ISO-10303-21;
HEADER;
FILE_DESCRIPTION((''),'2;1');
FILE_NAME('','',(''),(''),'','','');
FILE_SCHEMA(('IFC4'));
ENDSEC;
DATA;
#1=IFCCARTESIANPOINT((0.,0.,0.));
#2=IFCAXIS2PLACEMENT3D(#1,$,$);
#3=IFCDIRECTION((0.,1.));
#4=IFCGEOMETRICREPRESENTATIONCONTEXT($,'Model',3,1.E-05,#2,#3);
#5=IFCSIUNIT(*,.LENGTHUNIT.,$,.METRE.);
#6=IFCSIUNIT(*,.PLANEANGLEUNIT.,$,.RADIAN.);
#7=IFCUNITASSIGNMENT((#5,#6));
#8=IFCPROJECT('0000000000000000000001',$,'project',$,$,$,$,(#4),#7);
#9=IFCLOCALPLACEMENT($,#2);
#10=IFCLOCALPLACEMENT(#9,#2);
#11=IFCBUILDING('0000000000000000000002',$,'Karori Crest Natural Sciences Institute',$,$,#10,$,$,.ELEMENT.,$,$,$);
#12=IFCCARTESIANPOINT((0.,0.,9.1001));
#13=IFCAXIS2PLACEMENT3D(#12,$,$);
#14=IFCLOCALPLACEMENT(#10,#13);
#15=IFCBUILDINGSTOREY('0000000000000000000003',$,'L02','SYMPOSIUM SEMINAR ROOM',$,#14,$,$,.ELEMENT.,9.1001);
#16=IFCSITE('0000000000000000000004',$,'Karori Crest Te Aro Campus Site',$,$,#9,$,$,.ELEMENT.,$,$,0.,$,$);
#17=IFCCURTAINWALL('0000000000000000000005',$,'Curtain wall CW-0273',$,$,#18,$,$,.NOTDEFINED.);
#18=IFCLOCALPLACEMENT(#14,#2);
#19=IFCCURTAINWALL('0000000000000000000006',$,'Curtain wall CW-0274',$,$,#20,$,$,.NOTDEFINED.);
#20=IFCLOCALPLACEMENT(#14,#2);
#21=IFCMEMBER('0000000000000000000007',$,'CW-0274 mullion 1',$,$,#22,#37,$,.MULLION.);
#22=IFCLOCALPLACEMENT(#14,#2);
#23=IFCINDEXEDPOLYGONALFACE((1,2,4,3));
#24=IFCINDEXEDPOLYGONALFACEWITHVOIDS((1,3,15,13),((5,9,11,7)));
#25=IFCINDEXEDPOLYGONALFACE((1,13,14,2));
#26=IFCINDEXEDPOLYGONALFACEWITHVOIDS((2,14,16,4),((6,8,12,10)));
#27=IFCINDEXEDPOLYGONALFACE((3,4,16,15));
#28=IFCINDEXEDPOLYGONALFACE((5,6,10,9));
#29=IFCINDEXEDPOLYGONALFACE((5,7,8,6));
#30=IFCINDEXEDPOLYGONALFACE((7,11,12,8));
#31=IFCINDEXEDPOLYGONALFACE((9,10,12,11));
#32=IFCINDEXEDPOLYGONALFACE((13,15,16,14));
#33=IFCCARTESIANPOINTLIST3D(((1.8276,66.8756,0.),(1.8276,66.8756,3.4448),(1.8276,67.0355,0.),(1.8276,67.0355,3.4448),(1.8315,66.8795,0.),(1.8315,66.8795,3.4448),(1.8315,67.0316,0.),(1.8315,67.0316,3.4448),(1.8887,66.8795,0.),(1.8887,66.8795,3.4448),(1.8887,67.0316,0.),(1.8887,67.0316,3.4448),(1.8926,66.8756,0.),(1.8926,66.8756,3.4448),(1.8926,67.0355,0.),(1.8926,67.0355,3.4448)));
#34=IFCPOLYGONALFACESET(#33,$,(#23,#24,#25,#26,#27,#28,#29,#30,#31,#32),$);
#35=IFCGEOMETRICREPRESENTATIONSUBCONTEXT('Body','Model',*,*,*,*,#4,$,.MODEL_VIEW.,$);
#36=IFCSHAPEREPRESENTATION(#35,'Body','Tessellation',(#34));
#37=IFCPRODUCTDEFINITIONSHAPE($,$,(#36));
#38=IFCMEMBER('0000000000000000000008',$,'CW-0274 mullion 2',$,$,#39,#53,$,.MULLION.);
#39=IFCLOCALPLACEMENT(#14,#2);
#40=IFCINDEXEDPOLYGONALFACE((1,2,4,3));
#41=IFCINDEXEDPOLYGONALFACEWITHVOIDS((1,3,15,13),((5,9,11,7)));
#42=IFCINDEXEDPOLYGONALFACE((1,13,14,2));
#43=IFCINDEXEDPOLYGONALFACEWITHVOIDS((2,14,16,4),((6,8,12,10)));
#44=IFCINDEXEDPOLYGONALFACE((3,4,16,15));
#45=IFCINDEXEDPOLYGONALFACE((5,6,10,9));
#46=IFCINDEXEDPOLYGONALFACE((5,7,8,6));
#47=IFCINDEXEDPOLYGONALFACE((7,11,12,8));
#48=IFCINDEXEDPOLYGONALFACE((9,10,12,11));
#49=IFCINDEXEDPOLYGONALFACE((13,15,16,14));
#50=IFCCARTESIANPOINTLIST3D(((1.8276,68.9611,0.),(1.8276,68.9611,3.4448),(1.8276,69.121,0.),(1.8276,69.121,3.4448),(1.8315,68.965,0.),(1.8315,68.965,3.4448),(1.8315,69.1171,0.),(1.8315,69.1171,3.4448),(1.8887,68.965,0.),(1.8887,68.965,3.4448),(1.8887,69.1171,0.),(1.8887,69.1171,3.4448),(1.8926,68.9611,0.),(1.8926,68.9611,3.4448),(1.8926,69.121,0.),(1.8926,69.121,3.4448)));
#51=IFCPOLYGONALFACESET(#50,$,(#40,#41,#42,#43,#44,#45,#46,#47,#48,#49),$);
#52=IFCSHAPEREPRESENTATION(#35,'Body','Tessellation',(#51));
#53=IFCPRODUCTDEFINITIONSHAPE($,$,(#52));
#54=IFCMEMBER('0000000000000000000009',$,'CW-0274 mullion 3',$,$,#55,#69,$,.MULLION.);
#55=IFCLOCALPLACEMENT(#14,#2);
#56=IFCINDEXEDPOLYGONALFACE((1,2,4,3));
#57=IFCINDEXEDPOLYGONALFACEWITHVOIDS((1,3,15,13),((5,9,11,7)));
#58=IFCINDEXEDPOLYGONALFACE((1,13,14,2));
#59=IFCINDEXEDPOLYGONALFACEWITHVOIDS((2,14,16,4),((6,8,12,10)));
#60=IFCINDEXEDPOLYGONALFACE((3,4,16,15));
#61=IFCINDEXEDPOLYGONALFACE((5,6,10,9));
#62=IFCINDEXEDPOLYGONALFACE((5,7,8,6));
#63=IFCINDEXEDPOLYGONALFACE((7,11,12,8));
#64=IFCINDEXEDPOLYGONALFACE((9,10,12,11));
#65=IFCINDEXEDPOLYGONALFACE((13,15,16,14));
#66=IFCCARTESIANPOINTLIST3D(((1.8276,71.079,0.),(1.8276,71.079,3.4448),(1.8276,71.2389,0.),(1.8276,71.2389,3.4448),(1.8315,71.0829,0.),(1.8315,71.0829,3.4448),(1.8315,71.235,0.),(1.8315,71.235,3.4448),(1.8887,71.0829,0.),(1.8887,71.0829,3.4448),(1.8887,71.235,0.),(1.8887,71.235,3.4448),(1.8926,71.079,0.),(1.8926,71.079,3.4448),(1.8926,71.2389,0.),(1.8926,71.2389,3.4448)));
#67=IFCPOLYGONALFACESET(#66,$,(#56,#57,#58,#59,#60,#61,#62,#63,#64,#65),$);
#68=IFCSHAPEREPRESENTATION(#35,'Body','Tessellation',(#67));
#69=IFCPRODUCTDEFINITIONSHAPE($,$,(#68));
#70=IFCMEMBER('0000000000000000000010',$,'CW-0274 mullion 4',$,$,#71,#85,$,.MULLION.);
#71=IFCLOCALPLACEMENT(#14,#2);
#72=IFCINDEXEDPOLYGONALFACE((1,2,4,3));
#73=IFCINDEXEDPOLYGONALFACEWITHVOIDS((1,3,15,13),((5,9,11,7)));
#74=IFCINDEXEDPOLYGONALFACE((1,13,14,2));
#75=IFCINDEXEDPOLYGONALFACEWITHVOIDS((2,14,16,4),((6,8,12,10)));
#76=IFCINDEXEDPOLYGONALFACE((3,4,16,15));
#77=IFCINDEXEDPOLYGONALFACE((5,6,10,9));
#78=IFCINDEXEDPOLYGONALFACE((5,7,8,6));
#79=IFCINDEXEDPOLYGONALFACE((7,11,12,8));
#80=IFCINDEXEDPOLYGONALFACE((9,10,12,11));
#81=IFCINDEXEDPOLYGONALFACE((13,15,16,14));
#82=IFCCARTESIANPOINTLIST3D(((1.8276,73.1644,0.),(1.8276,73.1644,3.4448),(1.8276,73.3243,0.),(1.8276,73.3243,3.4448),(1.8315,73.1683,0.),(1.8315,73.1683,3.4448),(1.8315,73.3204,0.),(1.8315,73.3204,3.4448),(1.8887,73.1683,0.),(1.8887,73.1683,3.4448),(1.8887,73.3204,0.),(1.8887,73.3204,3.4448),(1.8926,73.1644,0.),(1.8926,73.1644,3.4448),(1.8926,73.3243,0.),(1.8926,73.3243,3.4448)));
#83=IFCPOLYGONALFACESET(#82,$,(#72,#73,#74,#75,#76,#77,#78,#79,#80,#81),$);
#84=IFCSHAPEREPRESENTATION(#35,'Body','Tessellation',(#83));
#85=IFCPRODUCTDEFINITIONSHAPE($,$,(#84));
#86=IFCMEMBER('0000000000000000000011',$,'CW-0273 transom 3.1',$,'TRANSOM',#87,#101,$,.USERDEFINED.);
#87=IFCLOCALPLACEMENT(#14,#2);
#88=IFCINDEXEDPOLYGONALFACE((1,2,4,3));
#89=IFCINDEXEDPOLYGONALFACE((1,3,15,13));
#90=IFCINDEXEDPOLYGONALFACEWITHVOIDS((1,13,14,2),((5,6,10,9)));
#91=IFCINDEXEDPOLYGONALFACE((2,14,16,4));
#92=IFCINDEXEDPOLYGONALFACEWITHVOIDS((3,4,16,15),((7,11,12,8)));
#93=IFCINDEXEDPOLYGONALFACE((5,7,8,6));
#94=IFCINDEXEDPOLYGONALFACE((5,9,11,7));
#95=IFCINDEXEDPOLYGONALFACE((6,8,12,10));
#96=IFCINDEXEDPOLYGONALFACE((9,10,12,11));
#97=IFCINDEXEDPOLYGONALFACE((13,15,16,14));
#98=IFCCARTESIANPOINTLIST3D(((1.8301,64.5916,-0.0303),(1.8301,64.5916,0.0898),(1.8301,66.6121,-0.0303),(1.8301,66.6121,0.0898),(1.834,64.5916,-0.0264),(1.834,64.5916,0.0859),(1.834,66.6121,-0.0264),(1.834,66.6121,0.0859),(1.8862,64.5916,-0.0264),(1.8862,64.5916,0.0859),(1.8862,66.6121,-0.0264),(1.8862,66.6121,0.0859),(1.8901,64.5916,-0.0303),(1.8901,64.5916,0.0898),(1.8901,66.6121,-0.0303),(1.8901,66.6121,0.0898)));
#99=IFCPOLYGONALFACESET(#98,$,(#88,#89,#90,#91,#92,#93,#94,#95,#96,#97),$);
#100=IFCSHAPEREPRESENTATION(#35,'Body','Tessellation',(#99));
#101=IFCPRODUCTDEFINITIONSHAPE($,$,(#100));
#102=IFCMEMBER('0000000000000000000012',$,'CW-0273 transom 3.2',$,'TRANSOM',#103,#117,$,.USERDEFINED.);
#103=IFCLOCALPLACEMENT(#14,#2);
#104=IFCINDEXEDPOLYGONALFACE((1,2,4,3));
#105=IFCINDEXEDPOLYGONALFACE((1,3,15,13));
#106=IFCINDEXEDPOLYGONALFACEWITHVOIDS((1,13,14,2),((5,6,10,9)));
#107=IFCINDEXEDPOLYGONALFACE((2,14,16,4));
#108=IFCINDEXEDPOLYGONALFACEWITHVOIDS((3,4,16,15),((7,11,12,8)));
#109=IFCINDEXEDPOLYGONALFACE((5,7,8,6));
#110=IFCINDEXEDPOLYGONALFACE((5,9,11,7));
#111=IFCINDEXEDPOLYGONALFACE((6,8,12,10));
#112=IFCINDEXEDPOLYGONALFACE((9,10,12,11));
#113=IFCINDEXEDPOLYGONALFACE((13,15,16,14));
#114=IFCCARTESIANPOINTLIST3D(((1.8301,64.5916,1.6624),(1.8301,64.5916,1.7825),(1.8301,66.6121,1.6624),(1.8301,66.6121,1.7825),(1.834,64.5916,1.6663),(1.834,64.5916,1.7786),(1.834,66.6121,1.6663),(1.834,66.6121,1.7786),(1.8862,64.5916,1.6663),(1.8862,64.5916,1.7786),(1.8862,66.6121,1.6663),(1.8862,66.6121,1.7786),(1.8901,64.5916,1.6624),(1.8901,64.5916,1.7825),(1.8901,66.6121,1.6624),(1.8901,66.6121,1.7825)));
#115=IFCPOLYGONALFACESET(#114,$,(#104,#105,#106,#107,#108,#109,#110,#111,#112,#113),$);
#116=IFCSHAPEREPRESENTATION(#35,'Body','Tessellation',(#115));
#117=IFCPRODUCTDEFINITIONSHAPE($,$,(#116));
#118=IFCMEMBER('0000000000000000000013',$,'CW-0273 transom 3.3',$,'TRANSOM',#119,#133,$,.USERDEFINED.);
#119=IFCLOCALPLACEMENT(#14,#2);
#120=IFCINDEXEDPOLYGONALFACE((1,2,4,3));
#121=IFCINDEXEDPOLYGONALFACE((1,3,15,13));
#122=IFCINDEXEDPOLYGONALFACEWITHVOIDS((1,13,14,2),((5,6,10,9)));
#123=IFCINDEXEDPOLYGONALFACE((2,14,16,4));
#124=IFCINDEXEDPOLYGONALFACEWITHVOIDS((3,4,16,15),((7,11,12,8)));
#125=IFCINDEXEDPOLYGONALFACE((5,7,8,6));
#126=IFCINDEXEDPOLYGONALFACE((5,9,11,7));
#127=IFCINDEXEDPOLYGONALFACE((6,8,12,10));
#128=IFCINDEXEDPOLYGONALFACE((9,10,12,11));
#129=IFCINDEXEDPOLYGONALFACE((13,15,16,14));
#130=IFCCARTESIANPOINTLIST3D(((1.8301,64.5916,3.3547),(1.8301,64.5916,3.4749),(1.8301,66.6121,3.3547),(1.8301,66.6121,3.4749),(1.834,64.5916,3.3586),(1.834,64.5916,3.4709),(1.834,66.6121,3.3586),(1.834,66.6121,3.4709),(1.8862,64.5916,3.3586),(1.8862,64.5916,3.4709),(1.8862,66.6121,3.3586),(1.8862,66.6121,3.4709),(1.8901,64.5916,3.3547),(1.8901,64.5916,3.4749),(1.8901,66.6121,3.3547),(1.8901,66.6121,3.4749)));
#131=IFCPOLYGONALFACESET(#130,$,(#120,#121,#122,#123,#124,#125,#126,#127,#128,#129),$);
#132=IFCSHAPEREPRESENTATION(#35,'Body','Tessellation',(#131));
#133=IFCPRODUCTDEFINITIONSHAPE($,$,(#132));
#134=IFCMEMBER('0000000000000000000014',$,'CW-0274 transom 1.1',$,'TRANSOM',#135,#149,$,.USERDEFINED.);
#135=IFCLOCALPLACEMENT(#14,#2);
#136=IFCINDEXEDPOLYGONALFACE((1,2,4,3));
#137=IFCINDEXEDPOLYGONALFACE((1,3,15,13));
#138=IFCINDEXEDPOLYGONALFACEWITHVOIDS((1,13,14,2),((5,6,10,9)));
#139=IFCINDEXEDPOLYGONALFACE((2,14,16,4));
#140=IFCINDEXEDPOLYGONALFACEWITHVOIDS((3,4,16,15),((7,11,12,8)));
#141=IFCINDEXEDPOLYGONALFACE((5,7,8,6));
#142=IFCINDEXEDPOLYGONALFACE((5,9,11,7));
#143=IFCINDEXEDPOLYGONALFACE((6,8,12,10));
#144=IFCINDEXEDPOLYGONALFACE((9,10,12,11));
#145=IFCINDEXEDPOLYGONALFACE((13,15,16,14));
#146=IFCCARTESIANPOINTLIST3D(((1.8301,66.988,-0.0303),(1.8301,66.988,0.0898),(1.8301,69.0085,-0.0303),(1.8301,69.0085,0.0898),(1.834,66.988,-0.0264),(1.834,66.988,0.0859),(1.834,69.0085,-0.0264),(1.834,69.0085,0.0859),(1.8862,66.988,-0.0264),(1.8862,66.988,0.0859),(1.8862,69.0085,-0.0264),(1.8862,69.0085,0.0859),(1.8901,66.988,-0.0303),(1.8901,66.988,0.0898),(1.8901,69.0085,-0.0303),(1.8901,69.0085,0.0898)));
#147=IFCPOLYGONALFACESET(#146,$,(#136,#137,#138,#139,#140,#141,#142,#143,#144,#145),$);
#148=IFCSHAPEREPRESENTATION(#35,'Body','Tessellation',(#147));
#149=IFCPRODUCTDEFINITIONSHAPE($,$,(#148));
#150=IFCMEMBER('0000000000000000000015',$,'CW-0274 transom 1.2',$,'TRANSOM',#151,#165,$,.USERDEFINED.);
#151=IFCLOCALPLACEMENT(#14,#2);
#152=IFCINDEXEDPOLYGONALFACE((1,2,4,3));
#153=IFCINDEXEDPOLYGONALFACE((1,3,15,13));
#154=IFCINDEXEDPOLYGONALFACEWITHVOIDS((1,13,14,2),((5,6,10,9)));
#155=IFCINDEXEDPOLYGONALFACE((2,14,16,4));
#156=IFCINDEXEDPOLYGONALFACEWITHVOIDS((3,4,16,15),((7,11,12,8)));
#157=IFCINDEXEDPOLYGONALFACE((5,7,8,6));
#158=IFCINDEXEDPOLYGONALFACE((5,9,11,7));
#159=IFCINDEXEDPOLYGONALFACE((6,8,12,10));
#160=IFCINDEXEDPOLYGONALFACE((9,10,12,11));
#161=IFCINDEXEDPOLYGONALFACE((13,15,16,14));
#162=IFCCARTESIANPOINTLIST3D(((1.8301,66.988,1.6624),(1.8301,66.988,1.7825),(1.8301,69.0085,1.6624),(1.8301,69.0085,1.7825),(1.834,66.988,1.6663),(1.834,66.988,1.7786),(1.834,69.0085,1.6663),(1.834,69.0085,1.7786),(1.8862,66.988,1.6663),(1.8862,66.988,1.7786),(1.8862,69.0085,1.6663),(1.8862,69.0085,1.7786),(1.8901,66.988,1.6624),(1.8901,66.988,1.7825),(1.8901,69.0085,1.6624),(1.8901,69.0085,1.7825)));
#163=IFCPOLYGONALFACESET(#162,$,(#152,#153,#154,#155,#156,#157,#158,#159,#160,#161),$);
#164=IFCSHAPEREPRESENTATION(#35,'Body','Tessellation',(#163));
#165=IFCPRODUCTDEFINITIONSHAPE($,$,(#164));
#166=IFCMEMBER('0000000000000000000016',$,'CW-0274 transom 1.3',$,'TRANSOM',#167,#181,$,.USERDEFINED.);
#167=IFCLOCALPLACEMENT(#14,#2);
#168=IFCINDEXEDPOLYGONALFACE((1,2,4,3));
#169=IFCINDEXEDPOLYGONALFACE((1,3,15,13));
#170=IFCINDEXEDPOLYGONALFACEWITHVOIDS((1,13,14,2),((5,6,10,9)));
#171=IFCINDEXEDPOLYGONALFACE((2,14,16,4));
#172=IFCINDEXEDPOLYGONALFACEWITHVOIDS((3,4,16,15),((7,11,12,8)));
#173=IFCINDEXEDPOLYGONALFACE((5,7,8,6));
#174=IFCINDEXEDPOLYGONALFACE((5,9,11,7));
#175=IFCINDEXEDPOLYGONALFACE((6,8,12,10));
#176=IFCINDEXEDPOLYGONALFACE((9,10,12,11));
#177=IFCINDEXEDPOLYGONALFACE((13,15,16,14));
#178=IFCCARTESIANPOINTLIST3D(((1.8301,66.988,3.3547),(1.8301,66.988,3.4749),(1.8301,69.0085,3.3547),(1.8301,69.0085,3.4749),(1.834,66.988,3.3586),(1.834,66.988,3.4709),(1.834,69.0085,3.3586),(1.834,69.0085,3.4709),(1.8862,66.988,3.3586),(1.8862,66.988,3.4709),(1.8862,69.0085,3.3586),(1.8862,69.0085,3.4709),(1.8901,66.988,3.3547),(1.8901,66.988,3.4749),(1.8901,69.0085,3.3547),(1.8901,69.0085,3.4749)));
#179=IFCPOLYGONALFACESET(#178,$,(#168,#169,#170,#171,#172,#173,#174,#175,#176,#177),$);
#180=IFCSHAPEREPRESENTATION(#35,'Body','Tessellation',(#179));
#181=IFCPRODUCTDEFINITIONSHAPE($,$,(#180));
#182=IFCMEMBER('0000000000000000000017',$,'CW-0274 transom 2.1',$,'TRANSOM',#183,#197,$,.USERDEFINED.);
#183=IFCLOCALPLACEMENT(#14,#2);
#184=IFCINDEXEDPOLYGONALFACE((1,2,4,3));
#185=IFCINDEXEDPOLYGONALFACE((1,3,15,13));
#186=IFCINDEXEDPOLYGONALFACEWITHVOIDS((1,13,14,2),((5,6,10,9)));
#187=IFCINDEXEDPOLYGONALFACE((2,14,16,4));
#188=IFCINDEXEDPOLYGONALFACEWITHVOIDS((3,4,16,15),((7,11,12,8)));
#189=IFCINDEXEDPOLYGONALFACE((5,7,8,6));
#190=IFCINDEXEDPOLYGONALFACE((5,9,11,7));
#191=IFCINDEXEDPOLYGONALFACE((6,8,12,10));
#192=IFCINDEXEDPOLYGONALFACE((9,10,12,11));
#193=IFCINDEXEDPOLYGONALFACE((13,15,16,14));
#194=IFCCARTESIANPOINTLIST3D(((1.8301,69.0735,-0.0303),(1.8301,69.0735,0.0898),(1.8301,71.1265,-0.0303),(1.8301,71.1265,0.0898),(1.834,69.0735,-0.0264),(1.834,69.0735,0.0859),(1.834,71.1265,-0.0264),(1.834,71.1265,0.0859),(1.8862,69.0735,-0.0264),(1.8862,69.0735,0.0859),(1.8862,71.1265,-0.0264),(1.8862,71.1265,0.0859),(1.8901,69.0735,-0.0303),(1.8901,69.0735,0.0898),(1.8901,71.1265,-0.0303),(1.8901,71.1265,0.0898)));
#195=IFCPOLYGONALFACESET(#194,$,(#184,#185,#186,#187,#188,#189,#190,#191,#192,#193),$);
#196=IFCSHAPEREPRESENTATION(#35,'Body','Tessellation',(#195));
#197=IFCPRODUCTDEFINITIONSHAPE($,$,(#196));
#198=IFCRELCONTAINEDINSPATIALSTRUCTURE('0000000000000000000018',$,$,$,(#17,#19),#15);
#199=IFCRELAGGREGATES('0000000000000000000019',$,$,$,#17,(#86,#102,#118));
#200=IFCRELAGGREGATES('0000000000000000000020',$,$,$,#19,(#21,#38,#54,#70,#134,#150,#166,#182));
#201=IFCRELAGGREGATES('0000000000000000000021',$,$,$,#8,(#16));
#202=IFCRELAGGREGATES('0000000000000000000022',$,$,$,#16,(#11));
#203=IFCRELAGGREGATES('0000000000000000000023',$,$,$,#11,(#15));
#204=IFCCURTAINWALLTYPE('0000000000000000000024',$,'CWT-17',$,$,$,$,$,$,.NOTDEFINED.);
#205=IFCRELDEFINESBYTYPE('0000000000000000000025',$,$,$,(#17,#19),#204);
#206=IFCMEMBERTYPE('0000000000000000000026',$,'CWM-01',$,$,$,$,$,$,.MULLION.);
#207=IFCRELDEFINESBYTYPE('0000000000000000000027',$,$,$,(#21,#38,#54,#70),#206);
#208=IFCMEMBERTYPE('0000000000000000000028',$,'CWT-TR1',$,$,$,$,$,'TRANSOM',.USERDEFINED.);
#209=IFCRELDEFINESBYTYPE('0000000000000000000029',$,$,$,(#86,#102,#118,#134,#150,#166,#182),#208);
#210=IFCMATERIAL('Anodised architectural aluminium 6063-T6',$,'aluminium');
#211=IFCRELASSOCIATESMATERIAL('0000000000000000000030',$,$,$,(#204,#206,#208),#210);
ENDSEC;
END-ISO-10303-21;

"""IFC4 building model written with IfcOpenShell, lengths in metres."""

from ifc_helpers import new_model, si_unit, direction, frame, origin, origin_2d, place, context, subcontext, project, spatial, hollow_rectangle, extrude, material, material_profile, profile_set, type_object, element, aggregate, save


model = new_model("IFC4")

# Units and contexts
model_context = context("Model", 3, precision=1e-05, world=origin(), true_north=direction((0.0, 1.0)))
body_context = subcontext(model_context, "Body", "Model", "MODEL_VIEW")
ifc_project = project(units=[si_unit("LENGTHUNIT", "METRE"), si_unit("PLANEANGLEUNIT", "RADIAN")], contexts=[model_context])

# Site, building, storey
site_placement = place(None, origin())
site = spatial("IfcSite", under=ifc_project, at=site_placement, Name="Karori Crest Te Aro Campus Site", CompositionType="ELEMENT", RefElevation=0.0)
building_placement = place(site_placement, origin())
building = spatial("IfcBuilding", under=site, at=building_placement, Name="Karori Crest Natural Sciences Institute", CompositionType="ELEMENT")
storey_placement = place(building_placement, frame((0.0, 0.0, 9.1001)))
storey = spatial("IfcBuildingStorey", under=building, at=storey_placement, Name="L02", Description="SYMPOSIUM SEMINAR ROOM", CompositionType="ELEMENT", Elevation=9.1001)

# Curtain walls, members
ifc_material_1 = material(Name="Anodised architectural aluminium 6063-T6", Category="aluminium")
curtain_wall_type = type_object("IfcCurtainWallType", Name="CWT-17", PredefinedType="NOTDEFINED", material=ifc_material_1)
curtain_wall_1_placement = place(storey_placement, origin())
curtain_wall_1 = element("IfcCurtainWall", 1, at=curtain_wall_1_placement, inside=storey, type_object=curtain_wall_type, Name="Curtain wall CW-0273", PredefinedType="NOTDEFINED")
ifc_material_profile_1 = material_profile(ifc_material_1, hollow_rectangle(XDim=0.0649, YDim=0.1599, WallThickness=0.0039, at=origin_2d()), Name="CWM160x65x4")
ifc_profile_set_1 = profile_set([ifc_material_profile_1], Name="Anodised architectural aluminium 6063-T6")
member_type_1 = type_object("IfcMemberType", Name="CWM-01", PredefinedType="MULLION", material=ifc_profile_set_1)
curtain_wall_2_placement = place(storey_placement, origin())
curtain_wall_2 = element("IfcCurtainWall", 2, at=curtain_wall_2_placement, inside=storey, type_object=curtain_wall_type, Name="Curtain wall CW-0274", PredefinedType="NOTDEFINED")
member_1_placement = place(storey_placement, frame((1.8601, 66.9556, 0.0), z_axis=(0.0, 0.0, 1.0), x_axis=(-1.0, 0.0, 0.0)))
member_1 = element("IfcMember", 3, at=member_1_placement, type_object=member_type_1, Name="CW-0274 mullion 1", PredefinedType="MULLION", context=body_context, shape_type="SweptSolid", body=[
    extrude(hollow_rectangle(XDim=0.0649, YDim=0.1599, WallThickness=0.0039, at=origin_2d()), origin(), (0.0, 0.0, 1.0), 3.4448),
])
member_2_placement = place(storey_placement, frame((1.8601, 69.041, 0.0), z_axis=(0.0, 0.0, 1.0), x_axis=(-1.0, 0.0, 0.0)))
member_2 = element("IfcMember", 4, at=member_2_placement, type_object=member_type_1, Name="CW-0274 mullion 2", PredefinedType="MULLION", context=body_context, shape_type="SweptSolid", body=[
    extrude(hollow_rectangle(XDim=0.0649, YDim=0.1599, WallThickness=0.0039, at=origin_2d()), origin(), (0.0, 0.0, 1.0), 3.4448),
])
member_3_placement = place(storey_placement, frame((1.8601, 71.1589, 0.0), z_axis=(0.0, 0.0, 1.0), x_axis=(-1.0, 0.0, 0.0)))
member_3 = element("IfcMember", 5, at=member_3_placement, type_object=member_type_1, Name="CW-0274 mullion 3", PredefinedType="MULLION", context=body_context, shape_type="SweptSolid", body=[
    extrude(hollow_rectangle(XDim=0.0649, YDim=0.1599, WallThickness=0.0039, at=origin_2d()), origin(), (0.0, 0.0, 1.0), 3.4448),
])
member_4_placement = place(storey_placement, frame((1.8601, 73.2444, 0.0), z_axis=(0.0, 0.0, 1.0), x_axis=(-1.0, 0.0, 0.0)))
member_4 = element("IfcMember", 6, at=member_4_placement, type_object=member_type_1, Name="CW-0274 mullion 4", PredefinedType="MULLION", context=body_context, shape_type="SweptSolid", body=[
    extrude(hollow_rectangle(XDim=0.0649, YDim=0.1599, WallThickness=0.0039, at=origin_2d()), origin(), (0.0, 0.0, 1.0), 3.4448),
])

# Members
ifc_material_profile_2 = material_profile(ifc_material_1, hollow_rectangle(XDim=0.0601, YDim=0.1201, WallThickness=0.0039, at=origin_2d()), Name="CWT120x60x4")
ifc_profile_set_2 = profile_set([ifc_material_profile_2], Name="Anodised architectural aluminium 6063-T6")
member_type_2 = type_object("IfcMemberType", Name="CWT-TR1", ElementType="TRANSOM", PredefinedType="USERDEFINED", material=ifc_profile_set_2)
member_5_placement = place(storey_placement, frame((1.8601, 64.5916, 0.0298), z_axis=(0.0, 1.0, 0.0), x_axis=(-1.0, 0.0, 0.0)))
member_5 = element("IfcMember", 7, at=member_5_placement, type_object=member_type_2, Name="CW-0273 transom 3.1", ObjectType="TRANSOM", PredefinedType="USERDEFINED", context=body_context, shape_type="SweptSolid", body=[
    extrude(hollow_rectangle(XDim=0.0601, YDim=0.1201, WallThickness=0.0039, at=origin_2d()), origin(), (0.0, 0.0, 1.0), 2.0205),
])
member_6_placement = place(storey_placement, frame((1.8601, 64.5916, 1.7224), z_axis=(0.0, 1.0, 0.0), x_axis=(-1.0, 0.0, 0.0)))
member_6 = element("IfcMember", 8, at=member_6_placement, type_object=member_type_2, Name="CW-0273 transom 3.2", ObjectType="TRANSOM", PredefinedType="USERDEFINED", context=body_context, shape_type="SweptSolid", body=[
    extrude(hollow_rectangle(XDim=0.0601, YDim=0.1201, WallThickness=0.0039, at=origin_2d()), origin(), (0.0, 0.0, 1.0), 2.0205),
])
member_7_placement = place(storey_placement, frame((1.8601, 64.5916, 3.4148), z_axis=(0.0, 1.0, 0.0), x_axis=(-1.0, 0.0, 0.0)))
member_7 = element("IfcMember", 9, at=member_7_placement, type_object=member_type_2, Name="CW-0273 transom 3.3", ObjectType="TRANSOM", PredefinedType="USERDEFINED", context=body_context, shape_type="SweptSolid", body=[
    extrude(hollow_rectangle(XDim=0.0601, YDim=0.1201, WallThickness=0.0039, at=origin_2d()), origin(), (0.0, 0.0, 1.0), 2.0205),
])
member_8_placement = place(storey_placement, frame((1.8601, 66.988, 0.0298), z_axis=(0.0, 1.0, 0.0), x_axis=(-1.0, 0.0, 0.0)))
member_8 = element("IfcMember", 10, at=member_8_placement, type_object=member_type_2, Name="CW-0274 transom 1.1", ObjectType="TRANSOM", PredefinedType="USERDEFINED", context=body_context, shape_type="SweptSolid", body=[
    extrude(hollow_rectangle(XDim=0.0601, YDim=0.1201, WallThickness=0.0039, at=origin_2d()), origin(), (0.0, 0.0, 1.0), 2.0205),
])
member_9_placement = place(storey_placement, frame((1.8601, 66.988, 1.7224), z_axis=(0.0, 1.0, 0.0), x_axis=(-1.0, 0.0, 0.0)))
member_9 = element("IfcMember", 11, at=member_9_placement, type_object=member_type_2, Name="CW-0274 transom 1.2", ObjectType="TRANSOM", PredefinedType="USERDEFINED", context=body_context, shape_type="SweptSolid", body=[
    extrude(hollow_rectangle(XDim=0.0601, YDim=0.1201, WallThickness=0.0039, at=origin_2d()), origin(), (0.0, 0.0, 1.0), 2.0205),
])
member_10_placement = place(storey_placement, frame((1.8601, 66.988, 3.4148), z_axis=(0.0, 1.0, 0.0), x_axis=(-1.0, 0.0, 0.0)))
member_10 = element("IfcMember", 12, at=member_10_placement, type_object=member_type_2, Name="CW-0274 transom 1.3", ObjectType="TRANSOM", PredefinedType="USERDEFINED", context=body_context, shape_type="SweptSolid", body=[
    extrude(hollow_rectangle(XDim=0.0601, YDim=0.1201, WallThickness=0.0039, at=origin_2d()), origin(), (0.0, 0.0, 1.0), 2.0205),
])
member_11_placement = place(storey_placement, frame((1.8601, 69.0735, 0.0298), z_axis=(0.0, 1.0, 0.0), x_axis=(-1.0, 0.0, 0.0)))
member_11 = element("IfcMember", 13, at=member_11_placement, type_object=member_type_2, Name="CW-0274 transom 2.1", ObjectType="TRANSOM", PredefinedType="USERDEFINED", context=body_context, shape_type="SweptSolid", body=[
    extrude(hollow_rectangle(XDim=0.0601, YDim=0.1201, WallThickness=0.0039, at=origin_2d()), origin(), (0.0, 0.0, 1.0), 2.053),
])

aggregate(curtain_wall_1, [member_5, member_6, member_7])
aggregate(curtain_wall_2, [member_1, member_2, member_3, member_4, member_8, member_9, member_10, member_11])

save(model, "model.ifc")
